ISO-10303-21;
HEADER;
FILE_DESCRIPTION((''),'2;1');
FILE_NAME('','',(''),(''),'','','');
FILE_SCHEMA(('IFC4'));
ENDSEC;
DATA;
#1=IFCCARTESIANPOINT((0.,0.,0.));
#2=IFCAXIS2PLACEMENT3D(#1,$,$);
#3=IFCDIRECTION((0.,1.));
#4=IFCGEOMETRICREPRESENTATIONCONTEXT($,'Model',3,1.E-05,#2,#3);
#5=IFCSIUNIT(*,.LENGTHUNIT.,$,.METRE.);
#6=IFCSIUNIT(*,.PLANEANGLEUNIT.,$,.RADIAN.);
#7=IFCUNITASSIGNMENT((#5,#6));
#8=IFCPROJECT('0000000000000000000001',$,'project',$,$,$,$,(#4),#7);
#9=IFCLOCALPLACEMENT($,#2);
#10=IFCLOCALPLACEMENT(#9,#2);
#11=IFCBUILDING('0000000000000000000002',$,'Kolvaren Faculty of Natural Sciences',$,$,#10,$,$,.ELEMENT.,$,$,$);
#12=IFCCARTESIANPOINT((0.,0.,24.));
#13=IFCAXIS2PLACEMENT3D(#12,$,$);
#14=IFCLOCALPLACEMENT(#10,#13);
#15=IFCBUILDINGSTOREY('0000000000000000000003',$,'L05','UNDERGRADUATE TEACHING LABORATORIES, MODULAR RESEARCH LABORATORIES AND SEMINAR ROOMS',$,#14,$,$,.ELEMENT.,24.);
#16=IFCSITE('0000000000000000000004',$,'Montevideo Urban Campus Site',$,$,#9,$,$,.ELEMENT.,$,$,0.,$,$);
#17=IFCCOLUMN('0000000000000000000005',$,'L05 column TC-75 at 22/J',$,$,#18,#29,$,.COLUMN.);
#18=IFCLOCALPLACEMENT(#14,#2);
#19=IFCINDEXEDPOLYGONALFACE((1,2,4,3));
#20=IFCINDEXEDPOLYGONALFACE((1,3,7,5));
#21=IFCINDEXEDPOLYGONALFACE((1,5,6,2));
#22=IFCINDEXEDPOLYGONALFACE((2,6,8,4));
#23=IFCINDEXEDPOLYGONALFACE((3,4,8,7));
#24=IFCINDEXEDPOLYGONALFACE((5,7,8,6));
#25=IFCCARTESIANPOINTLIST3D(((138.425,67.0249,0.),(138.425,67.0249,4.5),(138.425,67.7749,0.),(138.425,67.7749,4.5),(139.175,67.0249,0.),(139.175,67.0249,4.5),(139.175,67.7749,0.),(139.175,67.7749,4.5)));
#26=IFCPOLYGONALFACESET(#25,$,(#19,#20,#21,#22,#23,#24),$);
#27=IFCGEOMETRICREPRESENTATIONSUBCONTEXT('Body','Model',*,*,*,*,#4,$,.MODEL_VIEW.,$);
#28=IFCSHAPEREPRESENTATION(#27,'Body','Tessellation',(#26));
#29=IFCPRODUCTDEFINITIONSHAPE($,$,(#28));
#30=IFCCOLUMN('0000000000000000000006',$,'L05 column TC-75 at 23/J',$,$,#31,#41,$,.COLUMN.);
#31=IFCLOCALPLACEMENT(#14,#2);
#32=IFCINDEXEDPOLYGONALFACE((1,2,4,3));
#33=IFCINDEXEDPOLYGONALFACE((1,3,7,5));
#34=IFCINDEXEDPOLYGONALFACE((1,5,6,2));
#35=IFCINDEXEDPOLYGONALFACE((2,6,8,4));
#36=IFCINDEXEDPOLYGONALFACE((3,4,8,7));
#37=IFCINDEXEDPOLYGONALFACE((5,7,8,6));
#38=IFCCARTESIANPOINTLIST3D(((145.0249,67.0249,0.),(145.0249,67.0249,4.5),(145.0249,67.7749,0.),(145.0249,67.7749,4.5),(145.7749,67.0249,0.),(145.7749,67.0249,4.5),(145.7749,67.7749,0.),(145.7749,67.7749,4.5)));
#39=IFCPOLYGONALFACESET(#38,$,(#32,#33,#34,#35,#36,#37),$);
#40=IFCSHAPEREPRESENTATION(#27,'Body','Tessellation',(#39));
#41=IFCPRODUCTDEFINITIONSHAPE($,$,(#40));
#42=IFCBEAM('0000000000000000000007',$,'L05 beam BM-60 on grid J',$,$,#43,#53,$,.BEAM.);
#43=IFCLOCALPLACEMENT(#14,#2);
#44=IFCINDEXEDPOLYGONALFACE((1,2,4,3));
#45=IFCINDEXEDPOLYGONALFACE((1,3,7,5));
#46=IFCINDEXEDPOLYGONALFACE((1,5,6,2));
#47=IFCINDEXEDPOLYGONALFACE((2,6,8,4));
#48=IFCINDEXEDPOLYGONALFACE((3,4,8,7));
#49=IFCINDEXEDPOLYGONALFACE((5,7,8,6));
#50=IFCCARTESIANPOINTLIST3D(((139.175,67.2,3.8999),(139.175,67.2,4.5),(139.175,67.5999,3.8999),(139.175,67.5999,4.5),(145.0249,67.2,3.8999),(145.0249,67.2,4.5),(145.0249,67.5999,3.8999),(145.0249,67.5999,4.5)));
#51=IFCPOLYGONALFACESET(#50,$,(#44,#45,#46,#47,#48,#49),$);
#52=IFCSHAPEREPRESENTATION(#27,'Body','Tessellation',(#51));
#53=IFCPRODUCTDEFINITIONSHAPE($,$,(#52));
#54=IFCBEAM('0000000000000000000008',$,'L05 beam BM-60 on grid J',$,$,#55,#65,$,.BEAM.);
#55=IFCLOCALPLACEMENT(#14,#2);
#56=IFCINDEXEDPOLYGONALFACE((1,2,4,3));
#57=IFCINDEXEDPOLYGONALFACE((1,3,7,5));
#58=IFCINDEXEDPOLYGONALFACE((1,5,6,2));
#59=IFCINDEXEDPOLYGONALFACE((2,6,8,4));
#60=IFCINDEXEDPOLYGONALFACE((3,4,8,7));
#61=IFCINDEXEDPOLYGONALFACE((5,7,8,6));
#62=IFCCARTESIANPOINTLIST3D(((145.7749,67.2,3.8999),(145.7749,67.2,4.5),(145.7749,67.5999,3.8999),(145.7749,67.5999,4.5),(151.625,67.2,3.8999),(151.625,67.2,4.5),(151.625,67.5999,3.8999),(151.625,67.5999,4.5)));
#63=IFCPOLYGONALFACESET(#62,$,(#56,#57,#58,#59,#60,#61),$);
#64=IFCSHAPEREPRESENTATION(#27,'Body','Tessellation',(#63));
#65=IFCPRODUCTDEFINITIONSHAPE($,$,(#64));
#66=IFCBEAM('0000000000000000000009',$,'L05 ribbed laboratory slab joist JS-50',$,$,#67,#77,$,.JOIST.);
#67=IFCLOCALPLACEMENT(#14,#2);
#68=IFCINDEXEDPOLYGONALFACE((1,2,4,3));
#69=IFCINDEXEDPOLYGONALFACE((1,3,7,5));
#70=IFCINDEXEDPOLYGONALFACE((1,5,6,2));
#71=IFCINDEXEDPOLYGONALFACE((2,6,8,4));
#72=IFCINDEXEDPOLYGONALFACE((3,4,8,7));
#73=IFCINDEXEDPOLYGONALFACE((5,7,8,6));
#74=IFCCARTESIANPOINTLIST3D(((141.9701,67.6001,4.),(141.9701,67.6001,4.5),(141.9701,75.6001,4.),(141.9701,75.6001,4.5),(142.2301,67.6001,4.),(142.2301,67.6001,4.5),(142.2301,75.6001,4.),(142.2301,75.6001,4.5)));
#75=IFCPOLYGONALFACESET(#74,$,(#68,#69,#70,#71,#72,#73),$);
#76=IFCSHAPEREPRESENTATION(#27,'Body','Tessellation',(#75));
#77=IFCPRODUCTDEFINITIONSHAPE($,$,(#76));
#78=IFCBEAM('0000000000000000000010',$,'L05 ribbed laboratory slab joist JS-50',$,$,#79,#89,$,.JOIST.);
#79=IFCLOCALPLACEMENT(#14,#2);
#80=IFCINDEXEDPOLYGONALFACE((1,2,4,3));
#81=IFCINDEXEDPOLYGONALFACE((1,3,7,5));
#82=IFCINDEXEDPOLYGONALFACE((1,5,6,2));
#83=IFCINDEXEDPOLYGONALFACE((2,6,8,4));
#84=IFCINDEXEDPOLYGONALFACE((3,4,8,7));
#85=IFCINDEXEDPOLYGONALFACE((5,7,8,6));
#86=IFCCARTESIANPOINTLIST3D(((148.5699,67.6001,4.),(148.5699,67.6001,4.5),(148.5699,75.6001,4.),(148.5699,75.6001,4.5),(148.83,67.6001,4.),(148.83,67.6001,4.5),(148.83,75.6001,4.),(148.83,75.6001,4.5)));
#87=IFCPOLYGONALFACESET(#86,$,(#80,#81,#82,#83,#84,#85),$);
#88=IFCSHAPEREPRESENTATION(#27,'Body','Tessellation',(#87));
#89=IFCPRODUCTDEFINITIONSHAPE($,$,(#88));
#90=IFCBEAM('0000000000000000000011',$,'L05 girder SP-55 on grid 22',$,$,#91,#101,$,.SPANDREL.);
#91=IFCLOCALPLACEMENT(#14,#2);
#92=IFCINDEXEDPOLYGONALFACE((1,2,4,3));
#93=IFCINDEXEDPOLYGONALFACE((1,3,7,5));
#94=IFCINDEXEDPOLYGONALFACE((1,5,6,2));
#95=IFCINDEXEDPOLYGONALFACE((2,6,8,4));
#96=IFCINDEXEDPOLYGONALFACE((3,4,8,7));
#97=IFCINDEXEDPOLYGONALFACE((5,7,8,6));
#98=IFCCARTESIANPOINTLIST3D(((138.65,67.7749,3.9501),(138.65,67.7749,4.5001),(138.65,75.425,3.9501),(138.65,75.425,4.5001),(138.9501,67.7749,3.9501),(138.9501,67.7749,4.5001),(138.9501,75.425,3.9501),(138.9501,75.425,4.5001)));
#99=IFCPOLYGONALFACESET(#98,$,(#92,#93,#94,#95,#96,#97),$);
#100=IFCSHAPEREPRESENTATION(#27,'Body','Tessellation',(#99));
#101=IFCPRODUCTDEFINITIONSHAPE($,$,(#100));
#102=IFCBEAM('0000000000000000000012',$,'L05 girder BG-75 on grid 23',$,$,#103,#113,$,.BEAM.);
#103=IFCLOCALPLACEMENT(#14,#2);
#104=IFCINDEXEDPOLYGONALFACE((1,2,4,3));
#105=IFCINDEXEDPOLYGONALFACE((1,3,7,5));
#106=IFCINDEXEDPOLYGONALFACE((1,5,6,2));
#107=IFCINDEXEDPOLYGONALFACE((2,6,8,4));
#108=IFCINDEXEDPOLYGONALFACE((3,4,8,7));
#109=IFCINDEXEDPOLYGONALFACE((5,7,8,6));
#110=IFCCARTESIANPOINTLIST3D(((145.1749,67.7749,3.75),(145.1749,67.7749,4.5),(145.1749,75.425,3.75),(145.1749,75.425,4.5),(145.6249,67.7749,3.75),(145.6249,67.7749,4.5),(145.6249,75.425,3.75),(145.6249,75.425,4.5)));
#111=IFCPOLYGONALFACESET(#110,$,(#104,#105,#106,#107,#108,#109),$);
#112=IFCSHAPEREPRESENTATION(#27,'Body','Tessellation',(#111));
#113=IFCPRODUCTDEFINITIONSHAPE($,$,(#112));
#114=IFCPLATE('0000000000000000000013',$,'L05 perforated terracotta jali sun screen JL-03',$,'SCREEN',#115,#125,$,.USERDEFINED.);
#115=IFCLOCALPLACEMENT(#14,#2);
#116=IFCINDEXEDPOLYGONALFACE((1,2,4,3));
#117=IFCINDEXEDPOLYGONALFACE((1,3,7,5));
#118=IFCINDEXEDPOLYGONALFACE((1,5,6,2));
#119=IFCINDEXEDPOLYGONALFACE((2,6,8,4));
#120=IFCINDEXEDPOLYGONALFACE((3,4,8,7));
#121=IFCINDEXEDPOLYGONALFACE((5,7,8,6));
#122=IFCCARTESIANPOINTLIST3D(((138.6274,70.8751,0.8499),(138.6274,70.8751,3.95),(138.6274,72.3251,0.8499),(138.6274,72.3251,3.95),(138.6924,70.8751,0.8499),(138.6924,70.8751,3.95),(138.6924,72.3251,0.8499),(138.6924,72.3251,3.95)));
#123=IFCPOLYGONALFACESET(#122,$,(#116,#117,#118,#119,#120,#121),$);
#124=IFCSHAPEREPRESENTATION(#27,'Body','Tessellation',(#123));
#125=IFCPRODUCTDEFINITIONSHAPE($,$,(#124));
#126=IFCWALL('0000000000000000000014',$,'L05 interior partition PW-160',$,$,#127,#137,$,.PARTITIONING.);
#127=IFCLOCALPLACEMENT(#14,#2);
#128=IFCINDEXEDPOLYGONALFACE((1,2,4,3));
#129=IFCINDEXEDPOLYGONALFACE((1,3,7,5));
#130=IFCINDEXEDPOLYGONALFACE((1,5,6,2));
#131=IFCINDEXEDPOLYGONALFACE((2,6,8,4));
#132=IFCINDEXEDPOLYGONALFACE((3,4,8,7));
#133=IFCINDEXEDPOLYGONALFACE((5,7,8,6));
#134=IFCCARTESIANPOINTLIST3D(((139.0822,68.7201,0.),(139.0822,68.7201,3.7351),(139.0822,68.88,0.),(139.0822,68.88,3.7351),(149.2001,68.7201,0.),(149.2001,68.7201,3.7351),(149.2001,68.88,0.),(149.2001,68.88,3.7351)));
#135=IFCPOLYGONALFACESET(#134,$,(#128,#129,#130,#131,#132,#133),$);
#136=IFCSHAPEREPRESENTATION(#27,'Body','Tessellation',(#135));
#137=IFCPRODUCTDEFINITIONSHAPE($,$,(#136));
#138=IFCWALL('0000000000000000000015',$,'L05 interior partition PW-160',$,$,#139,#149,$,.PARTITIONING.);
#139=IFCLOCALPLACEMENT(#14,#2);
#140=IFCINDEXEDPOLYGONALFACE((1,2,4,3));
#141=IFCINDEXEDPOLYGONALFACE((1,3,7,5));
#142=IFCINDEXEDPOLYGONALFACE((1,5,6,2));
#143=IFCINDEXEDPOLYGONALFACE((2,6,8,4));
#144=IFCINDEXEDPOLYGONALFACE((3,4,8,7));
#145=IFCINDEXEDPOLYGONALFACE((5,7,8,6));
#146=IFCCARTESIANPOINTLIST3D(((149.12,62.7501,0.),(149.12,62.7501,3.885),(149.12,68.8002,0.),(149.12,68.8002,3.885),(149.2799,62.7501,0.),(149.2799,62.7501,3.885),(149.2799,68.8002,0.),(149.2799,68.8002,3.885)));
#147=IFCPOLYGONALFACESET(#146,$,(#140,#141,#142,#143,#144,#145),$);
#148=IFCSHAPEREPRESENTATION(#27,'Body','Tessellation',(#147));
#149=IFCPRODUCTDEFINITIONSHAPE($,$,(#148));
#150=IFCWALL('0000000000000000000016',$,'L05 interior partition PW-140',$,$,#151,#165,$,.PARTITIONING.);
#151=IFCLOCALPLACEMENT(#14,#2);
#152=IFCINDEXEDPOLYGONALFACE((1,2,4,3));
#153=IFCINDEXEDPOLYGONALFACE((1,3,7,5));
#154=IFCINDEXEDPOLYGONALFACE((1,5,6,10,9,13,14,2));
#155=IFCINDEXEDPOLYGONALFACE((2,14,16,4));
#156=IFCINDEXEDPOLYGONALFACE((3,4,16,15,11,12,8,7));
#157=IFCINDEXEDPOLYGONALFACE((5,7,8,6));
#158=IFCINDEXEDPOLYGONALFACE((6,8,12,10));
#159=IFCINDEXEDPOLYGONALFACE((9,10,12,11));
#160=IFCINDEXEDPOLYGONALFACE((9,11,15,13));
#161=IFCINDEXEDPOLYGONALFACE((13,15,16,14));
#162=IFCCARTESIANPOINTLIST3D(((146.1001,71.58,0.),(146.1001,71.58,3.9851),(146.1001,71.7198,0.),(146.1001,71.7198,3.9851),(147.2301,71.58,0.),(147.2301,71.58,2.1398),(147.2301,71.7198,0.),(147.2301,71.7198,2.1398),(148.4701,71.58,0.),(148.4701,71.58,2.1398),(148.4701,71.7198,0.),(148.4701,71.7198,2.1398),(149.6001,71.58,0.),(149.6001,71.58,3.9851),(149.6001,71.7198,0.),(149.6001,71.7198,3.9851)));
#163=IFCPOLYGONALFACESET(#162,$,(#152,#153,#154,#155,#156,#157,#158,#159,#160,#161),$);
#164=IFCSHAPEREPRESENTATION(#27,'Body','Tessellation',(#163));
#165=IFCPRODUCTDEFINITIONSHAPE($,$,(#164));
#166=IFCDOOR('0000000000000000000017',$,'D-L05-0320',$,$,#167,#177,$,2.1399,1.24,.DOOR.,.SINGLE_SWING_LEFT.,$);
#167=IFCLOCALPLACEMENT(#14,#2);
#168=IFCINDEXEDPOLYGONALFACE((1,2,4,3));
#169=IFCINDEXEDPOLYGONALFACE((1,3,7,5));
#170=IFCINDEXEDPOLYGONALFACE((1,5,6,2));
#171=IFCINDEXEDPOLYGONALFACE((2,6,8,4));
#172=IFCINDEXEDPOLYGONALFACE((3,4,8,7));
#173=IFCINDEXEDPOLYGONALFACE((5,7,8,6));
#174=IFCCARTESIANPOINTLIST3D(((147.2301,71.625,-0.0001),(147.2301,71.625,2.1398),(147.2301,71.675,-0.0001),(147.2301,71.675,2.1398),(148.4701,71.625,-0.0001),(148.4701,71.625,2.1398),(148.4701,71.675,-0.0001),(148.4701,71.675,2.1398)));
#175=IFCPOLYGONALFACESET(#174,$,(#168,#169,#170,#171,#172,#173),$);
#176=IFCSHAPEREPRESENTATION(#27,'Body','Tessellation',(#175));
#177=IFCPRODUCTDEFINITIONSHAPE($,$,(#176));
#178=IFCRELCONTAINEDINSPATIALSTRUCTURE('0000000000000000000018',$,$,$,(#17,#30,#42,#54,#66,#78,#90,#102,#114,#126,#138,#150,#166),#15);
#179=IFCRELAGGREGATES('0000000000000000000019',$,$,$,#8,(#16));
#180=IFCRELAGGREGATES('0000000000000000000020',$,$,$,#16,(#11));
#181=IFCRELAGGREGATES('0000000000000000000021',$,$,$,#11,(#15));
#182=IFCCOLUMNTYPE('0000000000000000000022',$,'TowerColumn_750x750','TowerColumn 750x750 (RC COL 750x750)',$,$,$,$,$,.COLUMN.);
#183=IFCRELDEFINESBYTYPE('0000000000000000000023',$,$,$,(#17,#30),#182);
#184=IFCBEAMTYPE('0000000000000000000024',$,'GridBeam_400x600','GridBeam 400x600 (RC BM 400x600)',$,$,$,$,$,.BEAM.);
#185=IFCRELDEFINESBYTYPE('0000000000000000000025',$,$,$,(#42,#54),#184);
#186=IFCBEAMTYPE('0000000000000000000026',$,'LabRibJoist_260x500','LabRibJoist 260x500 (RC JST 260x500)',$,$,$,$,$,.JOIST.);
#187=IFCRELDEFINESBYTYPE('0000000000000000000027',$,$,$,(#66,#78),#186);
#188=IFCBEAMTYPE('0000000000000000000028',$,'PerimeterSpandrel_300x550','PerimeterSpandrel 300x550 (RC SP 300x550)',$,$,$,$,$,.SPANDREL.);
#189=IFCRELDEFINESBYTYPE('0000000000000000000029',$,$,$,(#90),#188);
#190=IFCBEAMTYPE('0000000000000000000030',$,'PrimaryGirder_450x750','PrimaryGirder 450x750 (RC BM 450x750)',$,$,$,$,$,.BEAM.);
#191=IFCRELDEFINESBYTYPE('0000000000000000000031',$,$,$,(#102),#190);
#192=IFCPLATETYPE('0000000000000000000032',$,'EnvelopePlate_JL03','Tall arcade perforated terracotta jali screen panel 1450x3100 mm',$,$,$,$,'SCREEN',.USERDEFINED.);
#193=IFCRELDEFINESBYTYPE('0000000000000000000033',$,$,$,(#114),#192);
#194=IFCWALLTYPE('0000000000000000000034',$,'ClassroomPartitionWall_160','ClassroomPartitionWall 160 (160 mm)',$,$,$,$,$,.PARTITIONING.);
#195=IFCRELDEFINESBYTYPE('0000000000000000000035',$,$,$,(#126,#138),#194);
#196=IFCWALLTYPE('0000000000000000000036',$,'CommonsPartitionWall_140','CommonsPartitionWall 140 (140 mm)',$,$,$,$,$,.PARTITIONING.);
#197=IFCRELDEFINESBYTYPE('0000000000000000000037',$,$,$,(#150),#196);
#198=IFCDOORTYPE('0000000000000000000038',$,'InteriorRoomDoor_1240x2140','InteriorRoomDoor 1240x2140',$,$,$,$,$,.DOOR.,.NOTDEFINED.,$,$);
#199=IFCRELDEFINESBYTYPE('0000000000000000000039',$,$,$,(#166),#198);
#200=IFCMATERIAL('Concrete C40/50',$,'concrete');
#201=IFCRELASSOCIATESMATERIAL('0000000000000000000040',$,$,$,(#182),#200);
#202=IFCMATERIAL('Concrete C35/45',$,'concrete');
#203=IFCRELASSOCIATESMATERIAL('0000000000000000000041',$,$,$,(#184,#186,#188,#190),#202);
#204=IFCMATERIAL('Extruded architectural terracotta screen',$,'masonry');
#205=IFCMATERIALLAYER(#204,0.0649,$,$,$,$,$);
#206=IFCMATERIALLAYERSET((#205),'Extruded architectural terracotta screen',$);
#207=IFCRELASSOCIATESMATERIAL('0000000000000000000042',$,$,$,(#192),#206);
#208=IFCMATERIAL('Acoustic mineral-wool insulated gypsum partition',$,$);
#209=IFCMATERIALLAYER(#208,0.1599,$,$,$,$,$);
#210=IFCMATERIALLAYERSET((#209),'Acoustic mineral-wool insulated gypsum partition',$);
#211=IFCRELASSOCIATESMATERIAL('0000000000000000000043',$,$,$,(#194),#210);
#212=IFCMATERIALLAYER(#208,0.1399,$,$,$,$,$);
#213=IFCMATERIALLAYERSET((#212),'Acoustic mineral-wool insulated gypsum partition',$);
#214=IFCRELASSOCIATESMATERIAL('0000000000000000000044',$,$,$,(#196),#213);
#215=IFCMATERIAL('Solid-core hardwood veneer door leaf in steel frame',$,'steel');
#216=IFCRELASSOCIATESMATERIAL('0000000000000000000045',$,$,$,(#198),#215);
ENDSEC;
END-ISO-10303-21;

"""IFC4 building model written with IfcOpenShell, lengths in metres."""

from ifc_helpers import new_model, si_unit, direction, frame, frame_2d, origin, origin_2d, place, context, subcontext, project, spatial, rectangle, extrude, material, layer, layer_set, material_profile, profile_set, type_object, element, fill, save


model = new_model("IFC4")

# Units and contexts
model_context = context("Model", 3, precision=1e-05, world=origin(), true_north=direction((0.0, 1.0)))
body_context = subcontext(model_context, "Body", "Model", "MODEL_VIEW")
ifc_project = project(units=[si_unit("LENGTHUNIT", "METRE"), si_unit("PLANEANGLEUNIT", "RADIAN")], contexts=[model_context])

# Site, building, storey
site_placement = place(None, origin())
site = spatial("IfcSite", under=ifc_project, at=site_placement, Name="Montevideo Urban Campus Site", CompositionType="ELEMENT", RefElevation=0.0)
building_placement = place(site_placement, origin())
building = spatial("IfcBuilding", under=site, at=building_placement, Name="Kolvaren Faculty of Natural Sciences", CompositionType="ELEMENT")
storey_placement = place(building_placement, frame((0.0, 0.0, 24.0)))
storey = spatial("IfcBuildingStorey", under=building, at=storey_placement, Name="L05", Description="UNDERGRADUATE TEACHING LABORATORIES, MODULAR RESEARCH LABORATORIES AND SEMINAR ROOMS", CompositionType="ELEMENT", Elevation=24.0)

# Columns
ifc_material_1 = material(Name="Concrete C40/50", Category="concrete")
ifc_material_profile_1 = material_profile(ifc_material_1, rectangle(XDim=0.75, YDim=0.75, at=origin_2d()), Name="RC COL 750x750")
ifc_profile_set_1 = profile_set([ifc_material_profile_1], Name="Concrete C40/50")
column_type = type_object("IfcColumnType", Name="TowerColumn_750x750", Description="TowerColumn 750x750 (RC COL 750x750)", PredefinedType="COLUMN", material=ifc_profile_set_1)
for number, where, z_axis, x_axis, name in (
    (1, (138.8, 67.3999, 0.0), (0.0, 0.0, 1.0), (1.0, 0.0, 0.0), "L05 column TC-75 at 22/J"),
    (2, (145.3999, 67.3999, 0.0), (0.0, 0.0, 1.0), (1.0, 0.0, 0.0), "L05 column TC-75 at 23/J"),
):
    element("IfcColumn", number, at=place(storey_placement, frame(where, z_axis=z_axis, x_axis=x_axis)), inside=storey, type_object=column_type, Name=name, PredefinedType="COLUMN", context=body_context, shape_type="SweptSolid", body=[
        extrude(rectangle(XDim=0.75, YDim=0.75, at=origin_2d()), origin(), (0.0, 0.0, 1.0), 4.5),
    ])

# Beams
ifc_material_2 = material(Name="Concrete C35/45", Category="concrete")
ifc_material_profile_2 = material_profile(ifc_material_2, rectangle(XDim=0.3999, YDim=0.6001, at=origin_2d()), Name="RC BM 400x600")
ifc_profile_set_2 = profile_set([ifc_material_profile_2], Name="Concrete C35/45")
beam_type_1 = type_object("IfcBeamType", Name="GridBeam_400x600", Description="GridBeam 400x600 (RC BM 400x600)", PredefinedType="BEAM", material=ifc_profile_set_2)
beam_1_placement = place(storey_placement, frame((139.175, 67.3999, 4.2), z_axis=(1.0, 0.0, 0.0), x_axis=(0.0, 1.0, 0.0)))
element("IfcBeam", 3, at=beam_1_placement, inside=storey, type_object=beam_type_1, Name="L05 beam BM-60 on grid J", PredefinedType="BEAM", context=body_context, shape_type="SweptSolid", body=[
    extrude(rectangle(XDim=0.3999, YDim=0.6001, at=origin_2d()), origin(), (0.0, 0.0, 1.0), 5.8499),
])
beam_2_placement = place(storey_placement, frame((145.7749, 67.3999, 4.2), z_axis=(1.0, 0.0, 0.0), x_axis=(0.0, 1.0, 0.0)))
element("IfcBeam", 4, at=beam_2_placement, inside=storey, type_object=beam_type_1, Name="L05 beam BM-60 on grid J", PredefinedType="BEAM", context=body_context, shape_type="SweptSolid", body=[
    extrude(rectangle(XDim=0.3999, YDim=0.6001, at=origin_2d()), origin(), (0.0, 0.0, 1.0), 5.8501),
])
ifc_material_profile_3 = material_profile(ifc_material_2, rectangle(XDim=0.26, YDim=0.5, at=origin_2d()), Name="RC JST 260x500")
ifc_profile_set_3 = profile_set([ifc_material_profile_3], Name="Concrete C35/45")
beam_type_2 = type_object("IfcBeamType", Name="LabRibJoist_260x500", Description="LabRibJoist 260x500 (RC JST 260x500)", PredefinedType="JOIST", material=ifc_profile_set_3)
for number, where, z_axis, x_axis, name in (
    (5, (142.1001, 67.6001, 4.25), (0.0, 1.0, 0.0), (-1.0, 0.0, 0.0), "L05 ribbed laboratory slab joist JS-50"),
    (6, (148.7, 67.6001, 4.25), (0.0, 1.0, 0.0), (-1.0, 0.0, 0.0), "L05 ribbed laboratory slab joist JS-50"),
):
    element("IfcBeam", number, at=place(storey_placement, frame(where, z_axis=z_axis, x_axis=x_axis)), inside=storey, type_object=beam_type_2, Name=name, PredefinedType="JOIST", context=body_context, shape_type="SweptSolid", body=[
        extrude(rectangle(XDim=0.26, YDim=0.5, at=origin_2d()), origin(), (0.0, 0.0, 1.0), 8.0),
    ])
ifc_material_profile_4 = material_profile(ifc_material_2, rectangle(XDim=0.3, YDim=0.55, at=origin_2d()), Name="RC SP 300x550")
ifc_profile_set_4 = profile_set([ifc_material_profile_4], Name="Concrete C35/45")
beam_type_3 = type_object("IfcBeamType", Name="PerimeterSpandrel_300x550", Description="PerimeterSpandrel 300x550 (RC SP 300x550)", PredefinedType="SPANDREL", material=ifc_profile_set_4)
beam_3_placement = place(storey_placement, frame((138.8, 67.7749, 4.2251), z_axis=(0.0, 1.0, 0.0), x_axis=(-1.0, 0.0, 0.0)))
element("IfcBeam", 7, at=beam_3_placement, inside=storey, type_object=beam_type_3, Name="L05 girder SP-55 on grid 22", PredefinedType="SPANDREL", context=body_context, shape_type="SweptSolid", body=[
    extrude(rectangle(XDim=0.3, YDim=0.55, at=origin_2d()), origin(), (0.0, 0.0, 1.0), 7.6501),
])
ifc_material_profile_5 = material_profile(ifc_material_2, rectangle(XDim=0.45, YDim=0.75, at=origin_2d()), Name="RC BM 450x750")
ifc_profile_set_5 = profile_set([ifc_material_profile_5], Name="Concrete C35/45")
beam_type_4 = type_object("IfcBeamType", Name="PrimaryGirder_450x750", Description="PrimaryGirder 450x750 (RC BM 450x750)", PredefinedType="BEAM", material=ifc_profile_set_5)
beam_4_placement = place(storey_placement, frame((145.3999, 67.7749, 4.125), z_axis=(0.0, 1.0, 0.0), x_axis=(-1.0, 0.0, 0.0)))
element("IfcBeam", 8, at=beam_4_placement, inside=storey, type_object=beam_type_4, Name="L05 girder BG-75 on grid 23", PredefinedType="BEAM", context=body_context, shape_type="SweptSolid", body=[
    extrude(rectangle(XDim=0.45, YDim=0.75, at=origin_2d()), origin(), (0.0, 0.0, 1.0), 7.6501),
])

# Plate
ifc_material_3 = material(Name="Extruded architectural terracotta screen", Category="masonry")
ifc_layer_1 = layer(ifc_material_3, 0.0649)
ifc_layer_set_1 = layer_set([ifc_layer_1], Name="Extruded architectural terracotta screen")
plate_type = type_object("IfcPlateType", Name="EnvelopePlate_JL03", Description="Tall arcade perforated terracotta jali screen panel 1450x3100 mm", ElementType="SCREEN", PredefinedType="USERDEFINED", material=ifc_layer_set_1)
plate_placement = place(storey_placement, frame((138.6599, 71.6001, 0.8499), z_axis=(0.0, 0.0, 1.0), x_axis=(0.0, 1.0, 0.0)))
element("IfcPlate", 9, at=plate_placement, inside=storey, type_object=plate_type, Name="L05 perforated terracotta jali sun screen JL-03", ObjectType="SCREEN", PredefinedType="USERDEFINED", context=body_context, shape_type="SweptSolid", body=[
    extrude(rectangle(XDim=1.45, YDim=0.0649, at=origin_2d()), origin(), (0.0, 0.0, 1.0), 3.1001),
])

# Walls
ifc_material_4 = material(Name="Acoustic mineral-wool insulated gypsum partition")
ifc_layer_2 = layer(ifc_material_4, 0.1599)
ifc_layer_set_2 = layer_set([ifc_layer_2], Name="Acoustic mineral-wool insulated gypsum partition")
wall_type_1 = type_object("IfcWallType", Name="ClassroomPartitionWall_160", Description="ClassroomPartitionWall 160 (160 mm)", PredefinedType="PARTITIONING", material=ifc_layer_set_2)
wall_1_placement = place(storey_placement, frame((139.082, 68.8, 0.0), z_axis=(0.0, 0.0, 1.0), x_axis=(1.0, 0.0, 0.0)))
element("IfcWall", 10, at=wall_1_placement, inside=storey, type_object=wall_type_1, Name="L05 interior partition PW-160", PredefinedType="PARTITIONING", context=body_context, shape_type="SweptSolid", body=[
    extrude(rectangle(XDim=10.1179, YDim=0.1599, at=frame_2d((5.0591, 0.0))), origin(), (0.0, 0.0, 1.0), 3.7351),
])
wall_2_placement = place(storey_placement, frame((149.2, 68.8, 0.0), z_axis=(0.0, 0.0, 1.0), x_axis=(0.0, -1.0, 0.0)))
element("IfcWall", 11, at=wall_2_placement, inside=storey, type_object=wall_type_1, Name="L05 interior partition PW-160", PredefinedType="PARTITIONING", context=body_context, shape_type="SweptSolid", body=[
    extrude(rectangle(XDim=6.05, YDim=0.1599, at=frame_2d((3.0249, 0.0))), origin(), (0.0, 0.0, 1.0), 3.885),
])

# Wall, opening, door
ifc_layer_3 = layer(ifc_material_4, 0.1399)
ifc_layer_set_3 = layer_set([ifc_layer_3], Name="Acoustic mineral-wool insulated gypsum partition")
wall_type_2 = type_object("IfcWallType", Name="CommonsPartitionWall_140", Description="CommonsPartitionWall 140 (140 mm)", PredefinedType="PARTITIONING", material=ifc_layer_set_3)
wall_3_placement = place(storey_placement, frame((149.6001, 71.6499, 0.0), z_axis=(0.0, 0.0, 1.0), x_axis=(-1.0, 0.0, 0.0)))
wall_3 = element("IfcWall", 12, at=wall_3_placement, inside=storey, type_object=wall_type_2, Name="L05 interior partition PW-140", PredefinedType="PARTITIONING", context=body_context, shape_type="SweptSolid", body=[
    extrude(rectangle(XDim=3.5, YDim=0.1399, at=frame_2d((1.75, 0.0))), origin(), (0.0, 0.0, 1.0), 3.9851),
])
opening_1_placement = place(wall_3_placement, frame((1.1299, 0.0, 0.0)))
opening_1 = element("IfcOpeningElement", 13, at=opening_1_placement, cuts=wall_3, PredefinedType="OPENING", context=body_context, shape_type="SweptSolid", body=[
    extrude(rectangle(XDim=1.24, YDim=2.1399, at=frame_2d((0.6201, 1.0698))), frame((0.0, 0.0798, 0.0), z_axis=(0.0, -1.0, 0.0), x_axis=(1.0, 0.0, 0.0)), (0.0, 0.0, 1.0), 0.1599),
])
ifc_material_5 = material(Name="Solid-core hardwood veneer door leaf in steel frame", Category="steel")
door_type_1 = type_object("IfcDoorType", Name="InteriorRoomDoor_1240x2140", Description="InteriorRoomDoor 1240x2140", OperationType="NOTDEFINED", PredefinedType="DOOR", material=ifc_material_5)
door_1_placement = place(opening_1_placement, origin())
door_1 = element("IfcDoor", 14, at=door_1_placement, inside=storey, type_object=door_type_1, Name="D-L05-0320", OperationType="SINGLE_SWING_LEFT", OverallHeight=2.1399, OverallWidth=1.24, PredefinedType="DOOR", context=body_context, shape_type="SweptSolid", body=[
    extrude(rectangle(XDim=1.24, YDim=2.1399, at=frame_2d((0.6201, 1.0698))), frame((0.0, 0.0249, 0.0), z_axis=(0.0, -1.0, 0.0), x_axis=(1.0, 0.0, 0.0)), (0.0, 0.0, 1.0), 0.05),
])
fill(opening_1, door_1)

save(model, "model.ifc")
